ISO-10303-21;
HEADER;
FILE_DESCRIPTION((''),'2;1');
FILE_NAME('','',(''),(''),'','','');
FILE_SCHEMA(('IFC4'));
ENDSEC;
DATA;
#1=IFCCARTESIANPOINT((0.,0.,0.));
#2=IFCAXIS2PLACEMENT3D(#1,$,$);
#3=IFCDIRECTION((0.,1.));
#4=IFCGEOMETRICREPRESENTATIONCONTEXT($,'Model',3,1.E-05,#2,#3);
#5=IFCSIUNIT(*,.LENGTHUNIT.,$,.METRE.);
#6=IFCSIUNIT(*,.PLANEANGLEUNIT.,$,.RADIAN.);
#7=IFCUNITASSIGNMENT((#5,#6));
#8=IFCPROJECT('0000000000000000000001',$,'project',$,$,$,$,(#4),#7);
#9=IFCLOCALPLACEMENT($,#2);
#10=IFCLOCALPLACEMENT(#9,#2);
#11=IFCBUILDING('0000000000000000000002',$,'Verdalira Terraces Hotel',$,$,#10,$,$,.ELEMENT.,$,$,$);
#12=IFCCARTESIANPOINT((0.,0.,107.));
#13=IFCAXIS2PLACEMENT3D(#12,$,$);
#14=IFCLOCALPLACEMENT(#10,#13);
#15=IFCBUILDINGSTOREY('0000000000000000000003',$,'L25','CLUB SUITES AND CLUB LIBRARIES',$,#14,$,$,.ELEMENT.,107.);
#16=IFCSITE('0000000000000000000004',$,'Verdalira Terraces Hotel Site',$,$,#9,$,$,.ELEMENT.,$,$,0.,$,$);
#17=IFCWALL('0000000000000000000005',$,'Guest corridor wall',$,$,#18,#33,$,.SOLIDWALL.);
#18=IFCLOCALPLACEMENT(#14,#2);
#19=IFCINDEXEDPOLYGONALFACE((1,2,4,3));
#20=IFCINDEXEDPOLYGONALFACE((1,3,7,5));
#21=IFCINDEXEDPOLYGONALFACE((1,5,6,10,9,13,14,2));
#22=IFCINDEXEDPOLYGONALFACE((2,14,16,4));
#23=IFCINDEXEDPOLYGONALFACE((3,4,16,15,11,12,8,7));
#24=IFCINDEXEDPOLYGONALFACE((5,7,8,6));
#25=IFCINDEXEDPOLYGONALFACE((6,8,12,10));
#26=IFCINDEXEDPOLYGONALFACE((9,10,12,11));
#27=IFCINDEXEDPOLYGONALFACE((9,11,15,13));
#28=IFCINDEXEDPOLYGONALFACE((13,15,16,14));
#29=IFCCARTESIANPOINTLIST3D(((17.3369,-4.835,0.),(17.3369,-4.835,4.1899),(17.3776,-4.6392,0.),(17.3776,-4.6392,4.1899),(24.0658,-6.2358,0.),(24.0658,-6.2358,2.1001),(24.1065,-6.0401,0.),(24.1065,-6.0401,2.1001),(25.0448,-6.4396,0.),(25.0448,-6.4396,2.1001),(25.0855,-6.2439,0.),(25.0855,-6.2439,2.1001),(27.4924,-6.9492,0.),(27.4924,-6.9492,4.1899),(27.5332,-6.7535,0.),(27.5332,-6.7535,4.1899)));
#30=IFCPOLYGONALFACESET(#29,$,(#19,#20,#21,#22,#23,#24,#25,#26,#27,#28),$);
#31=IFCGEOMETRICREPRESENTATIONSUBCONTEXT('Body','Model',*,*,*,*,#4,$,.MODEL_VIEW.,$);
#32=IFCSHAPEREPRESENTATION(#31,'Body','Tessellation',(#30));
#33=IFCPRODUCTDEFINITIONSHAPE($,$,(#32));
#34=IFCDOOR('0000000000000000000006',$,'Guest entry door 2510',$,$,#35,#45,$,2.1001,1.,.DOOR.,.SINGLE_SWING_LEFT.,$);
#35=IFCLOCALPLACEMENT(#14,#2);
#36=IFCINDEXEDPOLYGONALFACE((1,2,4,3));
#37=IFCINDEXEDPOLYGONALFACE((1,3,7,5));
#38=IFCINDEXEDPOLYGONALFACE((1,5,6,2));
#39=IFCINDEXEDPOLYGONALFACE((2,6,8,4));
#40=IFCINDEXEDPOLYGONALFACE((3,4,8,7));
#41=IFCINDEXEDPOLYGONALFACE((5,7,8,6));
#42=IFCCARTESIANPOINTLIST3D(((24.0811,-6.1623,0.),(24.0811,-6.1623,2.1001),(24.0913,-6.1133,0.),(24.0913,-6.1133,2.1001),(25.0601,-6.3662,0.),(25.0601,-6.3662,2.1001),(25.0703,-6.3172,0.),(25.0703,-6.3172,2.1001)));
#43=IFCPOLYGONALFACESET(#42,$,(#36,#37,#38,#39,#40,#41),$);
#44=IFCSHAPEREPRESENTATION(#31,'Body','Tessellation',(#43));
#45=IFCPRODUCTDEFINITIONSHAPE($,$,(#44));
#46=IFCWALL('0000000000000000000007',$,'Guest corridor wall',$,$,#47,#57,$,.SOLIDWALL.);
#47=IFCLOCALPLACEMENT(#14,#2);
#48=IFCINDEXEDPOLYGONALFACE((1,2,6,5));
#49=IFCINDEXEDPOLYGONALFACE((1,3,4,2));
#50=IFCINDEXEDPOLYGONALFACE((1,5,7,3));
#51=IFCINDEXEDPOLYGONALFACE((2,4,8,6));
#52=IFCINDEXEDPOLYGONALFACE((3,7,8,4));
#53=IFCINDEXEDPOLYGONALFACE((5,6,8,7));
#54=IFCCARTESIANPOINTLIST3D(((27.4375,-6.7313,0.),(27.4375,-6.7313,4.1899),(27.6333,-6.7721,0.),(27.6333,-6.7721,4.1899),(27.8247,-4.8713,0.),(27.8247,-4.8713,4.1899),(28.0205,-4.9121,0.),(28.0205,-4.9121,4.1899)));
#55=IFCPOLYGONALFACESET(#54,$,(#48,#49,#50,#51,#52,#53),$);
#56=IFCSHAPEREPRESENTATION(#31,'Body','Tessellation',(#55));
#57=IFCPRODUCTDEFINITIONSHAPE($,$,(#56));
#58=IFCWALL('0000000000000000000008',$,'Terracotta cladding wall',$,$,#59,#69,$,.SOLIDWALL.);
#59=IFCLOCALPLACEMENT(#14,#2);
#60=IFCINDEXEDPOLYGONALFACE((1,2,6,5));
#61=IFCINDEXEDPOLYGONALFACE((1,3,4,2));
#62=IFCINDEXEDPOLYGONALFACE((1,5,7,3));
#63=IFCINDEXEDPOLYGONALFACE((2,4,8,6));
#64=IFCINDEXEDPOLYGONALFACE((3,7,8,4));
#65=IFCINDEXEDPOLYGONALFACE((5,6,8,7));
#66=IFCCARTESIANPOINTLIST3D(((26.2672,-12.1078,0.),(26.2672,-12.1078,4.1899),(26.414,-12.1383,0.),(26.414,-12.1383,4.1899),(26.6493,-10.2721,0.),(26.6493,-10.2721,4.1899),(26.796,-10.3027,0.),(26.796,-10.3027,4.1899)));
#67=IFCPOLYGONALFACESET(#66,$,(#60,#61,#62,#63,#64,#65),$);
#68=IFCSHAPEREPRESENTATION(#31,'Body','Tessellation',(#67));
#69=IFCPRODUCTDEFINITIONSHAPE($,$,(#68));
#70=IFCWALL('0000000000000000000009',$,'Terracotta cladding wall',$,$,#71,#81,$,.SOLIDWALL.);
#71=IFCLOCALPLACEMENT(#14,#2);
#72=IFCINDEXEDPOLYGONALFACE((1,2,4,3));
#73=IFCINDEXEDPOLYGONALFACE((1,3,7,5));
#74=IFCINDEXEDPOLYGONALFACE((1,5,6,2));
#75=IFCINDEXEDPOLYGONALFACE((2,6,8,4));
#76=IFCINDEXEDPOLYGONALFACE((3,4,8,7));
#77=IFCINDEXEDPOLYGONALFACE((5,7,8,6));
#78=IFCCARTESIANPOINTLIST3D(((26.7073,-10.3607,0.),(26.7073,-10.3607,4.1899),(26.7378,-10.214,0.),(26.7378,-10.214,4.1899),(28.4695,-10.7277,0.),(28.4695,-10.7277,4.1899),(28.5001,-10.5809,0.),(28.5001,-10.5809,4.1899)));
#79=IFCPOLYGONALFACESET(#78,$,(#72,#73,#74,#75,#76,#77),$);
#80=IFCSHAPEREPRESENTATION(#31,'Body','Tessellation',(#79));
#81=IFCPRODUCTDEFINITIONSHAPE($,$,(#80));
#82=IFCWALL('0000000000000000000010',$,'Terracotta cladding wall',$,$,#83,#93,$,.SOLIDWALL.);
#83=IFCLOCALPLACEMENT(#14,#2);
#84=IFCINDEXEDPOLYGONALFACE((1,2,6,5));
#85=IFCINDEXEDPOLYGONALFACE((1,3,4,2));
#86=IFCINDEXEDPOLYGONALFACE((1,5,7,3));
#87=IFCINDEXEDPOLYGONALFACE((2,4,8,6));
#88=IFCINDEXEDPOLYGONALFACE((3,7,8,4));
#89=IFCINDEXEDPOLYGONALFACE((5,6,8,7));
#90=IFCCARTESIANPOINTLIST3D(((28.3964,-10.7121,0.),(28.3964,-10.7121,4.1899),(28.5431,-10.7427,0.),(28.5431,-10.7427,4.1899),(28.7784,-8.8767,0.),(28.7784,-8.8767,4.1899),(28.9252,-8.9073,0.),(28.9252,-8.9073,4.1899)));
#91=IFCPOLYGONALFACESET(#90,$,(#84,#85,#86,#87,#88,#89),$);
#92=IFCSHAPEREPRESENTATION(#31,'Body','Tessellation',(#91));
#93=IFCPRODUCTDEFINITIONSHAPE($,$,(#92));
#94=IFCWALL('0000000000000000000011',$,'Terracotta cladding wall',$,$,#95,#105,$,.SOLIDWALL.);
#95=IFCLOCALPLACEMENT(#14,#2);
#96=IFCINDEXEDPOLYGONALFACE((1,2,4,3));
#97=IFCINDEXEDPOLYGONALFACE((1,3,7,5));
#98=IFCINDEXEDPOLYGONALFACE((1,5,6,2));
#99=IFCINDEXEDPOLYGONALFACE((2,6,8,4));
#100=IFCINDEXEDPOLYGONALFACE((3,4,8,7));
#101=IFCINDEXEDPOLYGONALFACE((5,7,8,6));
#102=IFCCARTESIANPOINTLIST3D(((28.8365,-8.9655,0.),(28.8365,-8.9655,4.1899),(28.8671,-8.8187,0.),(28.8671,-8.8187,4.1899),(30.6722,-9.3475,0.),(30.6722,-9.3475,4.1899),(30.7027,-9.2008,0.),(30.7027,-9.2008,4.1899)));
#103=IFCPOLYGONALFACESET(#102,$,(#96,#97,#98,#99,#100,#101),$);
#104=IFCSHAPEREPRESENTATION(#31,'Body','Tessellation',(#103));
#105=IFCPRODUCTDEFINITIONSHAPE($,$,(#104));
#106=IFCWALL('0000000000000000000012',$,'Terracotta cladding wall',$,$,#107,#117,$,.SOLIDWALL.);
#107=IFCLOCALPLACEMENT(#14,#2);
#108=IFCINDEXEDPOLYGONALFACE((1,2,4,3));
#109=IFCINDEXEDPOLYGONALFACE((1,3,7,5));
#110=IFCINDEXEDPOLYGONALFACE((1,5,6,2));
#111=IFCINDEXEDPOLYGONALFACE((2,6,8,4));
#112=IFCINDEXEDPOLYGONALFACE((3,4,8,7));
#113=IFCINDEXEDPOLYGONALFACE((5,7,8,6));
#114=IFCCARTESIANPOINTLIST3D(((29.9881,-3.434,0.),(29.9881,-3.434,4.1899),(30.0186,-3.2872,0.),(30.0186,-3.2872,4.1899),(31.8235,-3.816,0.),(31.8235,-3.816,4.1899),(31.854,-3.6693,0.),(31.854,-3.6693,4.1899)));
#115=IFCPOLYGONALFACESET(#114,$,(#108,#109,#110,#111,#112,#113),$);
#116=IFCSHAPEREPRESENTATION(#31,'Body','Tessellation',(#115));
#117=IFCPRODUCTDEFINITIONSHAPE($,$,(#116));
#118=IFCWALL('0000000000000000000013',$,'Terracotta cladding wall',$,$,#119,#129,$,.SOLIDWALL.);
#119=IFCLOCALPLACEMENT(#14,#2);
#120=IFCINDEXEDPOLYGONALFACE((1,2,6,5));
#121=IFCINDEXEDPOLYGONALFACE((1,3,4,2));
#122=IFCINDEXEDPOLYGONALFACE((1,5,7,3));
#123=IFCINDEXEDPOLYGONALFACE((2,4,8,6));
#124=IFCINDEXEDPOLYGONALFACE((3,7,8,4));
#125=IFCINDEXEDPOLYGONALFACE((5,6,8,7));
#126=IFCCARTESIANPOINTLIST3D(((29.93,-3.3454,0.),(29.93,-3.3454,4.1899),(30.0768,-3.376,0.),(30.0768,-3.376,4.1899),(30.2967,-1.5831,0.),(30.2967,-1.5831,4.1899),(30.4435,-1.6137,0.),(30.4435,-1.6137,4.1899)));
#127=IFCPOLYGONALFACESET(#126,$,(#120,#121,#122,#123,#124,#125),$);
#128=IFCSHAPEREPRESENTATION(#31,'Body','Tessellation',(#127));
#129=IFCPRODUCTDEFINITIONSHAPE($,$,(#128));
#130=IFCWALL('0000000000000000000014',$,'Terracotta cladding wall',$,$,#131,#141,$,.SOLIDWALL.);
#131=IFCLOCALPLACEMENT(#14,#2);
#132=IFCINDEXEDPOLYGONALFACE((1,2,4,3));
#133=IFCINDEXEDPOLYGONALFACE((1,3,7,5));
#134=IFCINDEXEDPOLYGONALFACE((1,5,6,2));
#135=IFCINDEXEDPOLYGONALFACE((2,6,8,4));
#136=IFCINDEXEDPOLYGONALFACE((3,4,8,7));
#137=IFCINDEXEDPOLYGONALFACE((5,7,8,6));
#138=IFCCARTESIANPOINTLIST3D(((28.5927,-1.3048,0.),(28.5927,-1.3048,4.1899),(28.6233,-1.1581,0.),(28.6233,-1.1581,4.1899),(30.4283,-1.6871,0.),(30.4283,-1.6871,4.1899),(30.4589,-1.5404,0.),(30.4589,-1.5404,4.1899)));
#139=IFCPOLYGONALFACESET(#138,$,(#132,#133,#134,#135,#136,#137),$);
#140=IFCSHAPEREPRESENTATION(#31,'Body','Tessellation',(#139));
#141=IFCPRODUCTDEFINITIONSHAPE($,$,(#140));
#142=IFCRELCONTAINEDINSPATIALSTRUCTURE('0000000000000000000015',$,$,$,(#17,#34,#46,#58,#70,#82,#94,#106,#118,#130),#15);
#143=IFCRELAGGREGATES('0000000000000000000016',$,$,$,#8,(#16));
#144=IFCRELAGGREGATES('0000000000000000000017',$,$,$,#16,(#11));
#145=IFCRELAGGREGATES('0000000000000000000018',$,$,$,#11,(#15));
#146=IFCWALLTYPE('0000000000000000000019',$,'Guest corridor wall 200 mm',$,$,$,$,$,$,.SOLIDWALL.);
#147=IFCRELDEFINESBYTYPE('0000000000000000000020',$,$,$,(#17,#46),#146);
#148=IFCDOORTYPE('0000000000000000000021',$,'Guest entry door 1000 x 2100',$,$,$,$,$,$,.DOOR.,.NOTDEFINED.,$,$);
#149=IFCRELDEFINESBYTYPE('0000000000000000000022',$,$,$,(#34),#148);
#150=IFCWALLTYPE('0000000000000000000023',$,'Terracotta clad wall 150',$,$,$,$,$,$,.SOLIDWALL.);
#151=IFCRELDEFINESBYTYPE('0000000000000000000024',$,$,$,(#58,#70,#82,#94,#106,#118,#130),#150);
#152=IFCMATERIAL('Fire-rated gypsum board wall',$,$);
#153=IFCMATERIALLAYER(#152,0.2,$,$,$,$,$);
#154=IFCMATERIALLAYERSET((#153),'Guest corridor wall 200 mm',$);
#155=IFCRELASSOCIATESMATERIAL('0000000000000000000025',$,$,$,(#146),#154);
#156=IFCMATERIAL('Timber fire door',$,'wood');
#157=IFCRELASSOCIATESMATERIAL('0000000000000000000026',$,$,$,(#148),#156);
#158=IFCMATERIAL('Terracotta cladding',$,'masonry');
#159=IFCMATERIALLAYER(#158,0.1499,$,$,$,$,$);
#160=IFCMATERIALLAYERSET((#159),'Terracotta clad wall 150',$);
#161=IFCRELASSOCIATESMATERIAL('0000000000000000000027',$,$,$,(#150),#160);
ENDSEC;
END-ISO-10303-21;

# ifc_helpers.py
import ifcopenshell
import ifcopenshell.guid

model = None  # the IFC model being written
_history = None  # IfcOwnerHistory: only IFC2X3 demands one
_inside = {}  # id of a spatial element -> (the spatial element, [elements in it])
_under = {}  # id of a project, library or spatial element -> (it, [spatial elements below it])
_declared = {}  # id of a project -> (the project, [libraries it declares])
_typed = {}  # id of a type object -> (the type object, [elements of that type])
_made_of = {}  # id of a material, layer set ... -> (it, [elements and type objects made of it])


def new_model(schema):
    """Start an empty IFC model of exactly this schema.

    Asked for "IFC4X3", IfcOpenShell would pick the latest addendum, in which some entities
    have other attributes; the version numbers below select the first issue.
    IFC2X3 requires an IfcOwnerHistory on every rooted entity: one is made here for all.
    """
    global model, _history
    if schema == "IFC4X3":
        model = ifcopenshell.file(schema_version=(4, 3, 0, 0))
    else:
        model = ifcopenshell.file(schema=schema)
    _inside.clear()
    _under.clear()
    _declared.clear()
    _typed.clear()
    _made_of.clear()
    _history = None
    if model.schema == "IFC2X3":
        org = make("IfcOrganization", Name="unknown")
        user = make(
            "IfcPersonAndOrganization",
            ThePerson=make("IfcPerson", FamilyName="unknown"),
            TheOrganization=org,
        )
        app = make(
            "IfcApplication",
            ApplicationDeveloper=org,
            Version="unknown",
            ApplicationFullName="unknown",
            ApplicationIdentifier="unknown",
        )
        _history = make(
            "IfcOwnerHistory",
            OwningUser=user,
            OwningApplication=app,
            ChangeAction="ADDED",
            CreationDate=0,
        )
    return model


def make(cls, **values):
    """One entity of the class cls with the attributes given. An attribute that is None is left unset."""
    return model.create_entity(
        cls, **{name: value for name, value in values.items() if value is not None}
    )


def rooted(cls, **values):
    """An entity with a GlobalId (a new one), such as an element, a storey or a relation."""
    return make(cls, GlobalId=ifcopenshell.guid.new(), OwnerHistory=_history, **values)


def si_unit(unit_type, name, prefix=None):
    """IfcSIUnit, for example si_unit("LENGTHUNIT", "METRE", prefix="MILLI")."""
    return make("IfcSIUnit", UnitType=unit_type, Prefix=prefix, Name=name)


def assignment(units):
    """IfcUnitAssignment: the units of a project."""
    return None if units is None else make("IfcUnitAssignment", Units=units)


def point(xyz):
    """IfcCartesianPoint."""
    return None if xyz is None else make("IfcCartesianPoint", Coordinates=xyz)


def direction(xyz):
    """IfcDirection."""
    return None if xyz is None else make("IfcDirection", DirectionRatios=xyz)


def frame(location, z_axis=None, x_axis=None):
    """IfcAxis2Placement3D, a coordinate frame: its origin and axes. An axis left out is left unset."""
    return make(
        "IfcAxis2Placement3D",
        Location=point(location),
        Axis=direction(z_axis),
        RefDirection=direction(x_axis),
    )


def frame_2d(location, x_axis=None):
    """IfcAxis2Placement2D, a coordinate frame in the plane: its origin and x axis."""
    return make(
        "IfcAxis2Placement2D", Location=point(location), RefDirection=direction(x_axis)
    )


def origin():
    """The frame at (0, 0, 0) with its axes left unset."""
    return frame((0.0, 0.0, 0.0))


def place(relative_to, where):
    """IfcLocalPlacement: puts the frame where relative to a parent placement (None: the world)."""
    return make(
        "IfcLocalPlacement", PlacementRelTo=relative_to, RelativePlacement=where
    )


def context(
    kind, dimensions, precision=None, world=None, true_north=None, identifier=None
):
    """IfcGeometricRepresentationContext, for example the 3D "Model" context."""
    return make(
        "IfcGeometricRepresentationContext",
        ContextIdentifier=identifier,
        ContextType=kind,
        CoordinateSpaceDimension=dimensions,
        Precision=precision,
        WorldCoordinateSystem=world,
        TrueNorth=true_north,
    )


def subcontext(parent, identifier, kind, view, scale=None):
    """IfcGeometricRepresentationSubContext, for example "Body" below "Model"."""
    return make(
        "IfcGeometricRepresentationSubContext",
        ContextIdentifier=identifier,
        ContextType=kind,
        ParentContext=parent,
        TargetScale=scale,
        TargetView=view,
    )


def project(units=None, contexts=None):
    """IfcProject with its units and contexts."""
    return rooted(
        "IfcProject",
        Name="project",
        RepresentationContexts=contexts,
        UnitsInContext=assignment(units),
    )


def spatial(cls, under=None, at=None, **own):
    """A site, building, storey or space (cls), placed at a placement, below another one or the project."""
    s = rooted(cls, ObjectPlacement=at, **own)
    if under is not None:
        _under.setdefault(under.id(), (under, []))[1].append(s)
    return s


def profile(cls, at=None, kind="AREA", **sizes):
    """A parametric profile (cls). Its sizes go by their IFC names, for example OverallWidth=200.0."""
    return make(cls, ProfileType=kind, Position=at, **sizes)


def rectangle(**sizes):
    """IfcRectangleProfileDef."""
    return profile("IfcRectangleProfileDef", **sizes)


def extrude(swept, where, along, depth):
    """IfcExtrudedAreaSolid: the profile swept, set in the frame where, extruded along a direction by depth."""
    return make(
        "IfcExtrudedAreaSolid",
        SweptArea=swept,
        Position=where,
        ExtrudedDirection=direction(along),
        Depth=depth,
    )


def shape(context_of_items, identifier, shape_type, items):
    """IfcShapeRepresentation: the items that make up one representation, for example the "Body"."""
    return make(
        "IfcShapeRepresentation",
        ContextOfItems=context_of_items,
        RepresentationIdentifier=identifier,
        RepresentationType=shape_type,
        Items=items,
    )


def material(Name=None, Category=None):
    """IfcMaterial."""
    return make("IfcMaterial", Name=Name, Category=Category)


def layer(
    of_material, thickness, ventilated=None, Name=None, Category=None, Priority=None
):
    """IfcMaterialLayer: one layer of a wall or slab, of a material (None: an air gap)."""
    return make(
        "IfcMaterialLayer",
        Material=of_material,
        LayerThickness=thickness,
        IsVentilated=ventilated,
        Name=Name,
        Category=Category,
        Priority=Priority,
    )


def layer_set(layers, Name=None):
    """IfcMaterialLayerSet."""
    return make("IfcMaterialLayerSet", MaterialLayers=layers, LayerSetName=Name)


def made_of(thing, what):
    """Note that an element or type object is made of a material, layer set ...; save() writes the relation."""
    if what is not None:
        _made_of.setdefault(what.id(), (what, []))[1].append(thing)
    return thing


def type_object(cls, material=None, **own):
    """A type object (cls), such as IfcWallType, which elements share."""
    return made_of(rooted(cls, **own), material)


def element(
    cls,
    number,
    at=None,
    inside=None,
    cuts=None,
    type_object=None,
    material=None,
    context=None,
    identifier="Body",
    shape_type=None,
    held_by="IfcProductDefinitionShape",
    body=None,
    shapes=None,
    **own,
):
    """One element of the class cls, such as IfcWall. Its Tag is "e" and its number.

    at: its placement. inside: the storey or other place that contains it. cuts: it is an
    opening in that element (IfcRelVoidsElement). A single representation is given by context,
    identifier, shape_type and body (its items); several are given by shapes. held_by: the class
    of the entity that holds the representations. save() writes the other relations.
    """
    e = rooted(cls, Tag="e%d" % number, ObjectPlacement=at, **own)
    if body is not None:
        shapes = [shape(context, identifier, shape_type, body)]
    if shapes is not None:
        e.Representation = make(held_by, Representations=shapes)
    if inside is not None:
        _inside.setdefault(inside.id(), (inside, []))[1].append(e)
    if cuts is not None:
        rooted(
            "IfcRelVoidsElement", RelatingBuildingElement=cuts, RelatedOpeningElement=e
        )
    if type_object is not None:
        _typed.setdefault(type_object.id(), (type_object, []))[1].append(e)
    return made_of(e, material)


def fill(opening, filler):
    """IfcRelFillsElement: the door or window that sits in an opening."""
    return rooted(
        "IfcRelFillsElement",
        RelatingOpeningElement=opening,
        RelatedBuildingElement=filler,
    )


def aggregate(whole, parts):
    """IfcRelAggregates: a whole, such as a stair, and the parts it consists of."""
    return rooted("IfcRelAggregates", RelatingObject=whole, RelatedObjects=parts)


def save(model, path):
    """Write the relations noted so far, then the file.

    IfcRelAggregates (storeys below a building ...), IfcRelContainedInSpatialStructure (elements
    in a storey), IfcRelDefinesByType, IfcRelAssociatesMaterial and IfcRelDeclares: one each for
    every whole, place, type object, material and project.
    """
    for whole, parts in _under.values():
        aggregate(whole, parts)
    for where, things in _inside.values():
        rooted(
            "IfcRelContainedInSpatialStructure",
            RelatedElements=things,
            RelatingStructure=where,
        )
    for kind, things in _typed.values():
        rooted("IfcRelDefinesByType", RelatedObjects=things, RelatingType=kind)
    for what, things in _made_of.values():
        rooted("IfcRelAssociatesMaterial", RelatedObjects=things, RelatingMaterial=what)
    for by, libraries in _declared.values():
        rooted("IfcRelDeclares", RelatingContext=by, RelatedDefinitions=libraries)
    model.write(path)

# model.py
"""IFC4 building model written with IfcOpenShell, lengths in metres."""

from ifc_helpers import new_model, si_unit, direction, frame, frame_2d, origin, place, context, subcontext, project, spatial, rectangle, extrude, material, layer, layer_set, type_object, element, fill, save


model = new_model("IFC4")

# Units and contexts
model_context = context("Model", 3, precision=1e-05, world=origin(), true_north=direction((0.0, 1.0)))
body_context = subcontext(model_context, "Body", "Model", "MODEL_VIEW")
ifc_project = project(units=[si_unit("LENGTHUNIT", "METRE"), si_unit("PLANEANGLEUNIT", "RADIAN")], contexts=[model_context])

# Site, building, storey
site_placement = place(None, origin())
site = spatial("IfcSite", under=ifc_project, at=site_placement, Name="Verdalira Terraces Hotel Site", CompositionType="ELEMENT", RefElevation=0.0)
building_placement = place(site_placement, origin())
building = spatial("IfcBuilding", under=site, at=building_placement, Name="Verdalira Terraces Hotel", CompositionType="ELEMENT")
storey_placement = place(building_placement, frame((0.0, 0.0, 107.0)))
storey = spatial("IfcBuildingStorey", under=building, at=storey_placement, Name="L25", Description="CLUB SUITES AND CLUB LIBRARIES", CompositionType="ELEMENT", Elevation=107.0)

# Wall, opening, door
ifc_material_1 = material(Name="Fire-rated gypsum board wall")
ifc_layer_1 = layer(ifc_material_1, 0.2)
ifc_layer_set_1 = layer_set([ifc_layer_1], Name="Guest corridor wall 200 mm")
wall_type_1 = type_object("IfcWallType", Name="Guest corridor wall 200 mm", PredefinedType="SOLIDWALL", material=ifc_layer_set_1)
wall_1_placement = place(storey_placement, frame((27.5127, -6.8513, 0.0), z_axis=(0.0, 0.0, 1.0), x_axis=(-0.979009, 0.203818, 0.0)))
wall_1 = element("IfcWall", 1, at=wall_1_placement, inside=storey, type_object=wall_type_1, Name="Guest corridor wall", PredefinedType="SOLIDWALL", context=body_context, shape_type="SweptSolid", body=[
    extrude(rectangle(XDim=10.3733, YDim=0.2, at=frame_2d((5.1865, 0.0))), origin(), (0.0, 0.0, 1.0), 4.1899),
])
opening_placement = place(wall_1_placement, frame((2.5, 0.0, 0.0)))
opening = element("IfcOpeningElement", 2, at=opening_placement, cuts=wall_1, PredefinedType="OPENING", context=body_context, shape_type="SweptSolid", body=[
    extrude(rectangle(XDim=1.0, YDim=2.1001, at=frame_2d((0.5, 1.05))), frame((0.0, 0.1099, 0.0), z_axis=(0.0, -1.0, 0.0), x_axis=(1.0, 0.0, 0.0)), (0.0, 0.0, 1.0), 0.22),
])
ifc_material_2 = material(Name="Timber fire door", Category="wood")
door_type = type_object("IfcDoorType", Name="Guest entry door 1000 x 2100", OperationType="NOTDEFINED", PredefinedType="DOOR", material=ifc_material_2)
door_placement = place(opening_placement, origin())
door = element("IfcDoor", 3, at=door_placement, inside=storey, type_object=door_type, Name="Guest entry door 2510", OperationType="SINGLE_SWING_LEFT", OverallHeight=2.1001, OverallWidth=1.0, PredefinedType="DOOR", context=body_context, shape_type="SweptSolid", body=[
    extrude(rectangle(XDim=1.0, YDim=2.1001, at=frame_2d((0.5, 1.05))), frame((0.0, 0.0249, 0.0), z_axis=(0.0, -1.0, 0.0), x_axis=(1.0, 0.0, 0.0)), (0.0, 0.0, 1.0), 0.05),
])
fill(opening, door)

# Walls
wall_2_placement = place(storey_placement, frame((27.5354, -6.7517, 0.0), z_axis=(0.0, 0.0, 1.0), x_axis=(0.203795, 0.979014, 0.0)))
element("IfcWall", 4, at=wall_2_placement, inside=storey, type_object=wall_type_1, Name="Guest corridor wall", PredefinedType="SOLIDWALL", context=body_context, shape_type="SweptSolid", body=[
    extrude(rectangle(XDim=1.8999, YDim=0.2, at=frame_2d((0.95, 0.0))), origin(), (0.0, 0.0, 1.0), 4.1899),
])
ifc_material_3 = material(Name="Terracotta cladding", Category="masonry")
ifc_layer_2 = layer(ifc_material_3, 0.1499)
ifc_layer_set_2 = layer_set([ifc_layer_2], Name="Terracotta clad wall 150")
wall_type_2 = type_object("IfcWallType", Name="Terracotta clad wall 150", PredefinedType="SOLIDWALL", material=ifc_layer_set_2)
wall_3_placement = place(storey_placement, frame((26.3406, -12.123, 0.0), z_axis=(0.0, 0.0, 1.0), x_axis=(0.203772, 0.979018, 0.0)))
element("IfcWall", 5, at=wall_3_placement, inside=storey, type_object=wall_type_2, Name="Terracotta cladding wall", PredefinedType="SOLIDWALL", context=body_context, shape_type="SweptSolid", body=[
    extrude(rectangle(XDim=1.875, YDim=0.1499, at=frame_2d((0.9375, 0.0))), origin(), (0.0, 0.0, 1.0), 4.1899),
])
wall_4_placement = place(storey_placement, frame((26.7227, -10.2874, 0.0), z_axis=(0.0, 0.0, 1.0), x_axis=(0.979001, -0.203857, 0.0)))
element("IfcWall", 6, at=wall_4_placement, inside=storey, type_object=wall_type_2, Name="Terracotta cladding wall", PredefinedType="SOLIDWALL", context=body_context, shape_type="SweptSolid", body=[
    extrude(rectangle(XDim=1.8, YDim=0.1499, at=frame_2d((0.8999, 0.0))), origin(), (0.0, 0.0, 1.0), 4.1899),
])
wall_5_placement = place(storey_placement, frame((28.4697, -10.7275, 0.0), z_axis=(0.0, 0.0, 1.0), x_axis=(0.203798, 0.979013, 0.0)))
element("IfcWall", 7, at=wall_5_placement, inside=storey, type_object=wall_type_2, Name="Terracotta cladding wall", PredefinedType="SOLIDWALL", context=body_context, shape_type="SweptSolid", body=[
    extrude(rectangle(XDim=1.8748, YDim=0.1499, at=frame_2d((0.9375, 0.0))), origin(), (0.0, 0.0, 1.0), 4.1899),
])
wall_6_placement = place(storey_placement, frame((28.8518, -8.8921, 0.0), z_axis=(0.0, 0.0, 1.0), x_axis=(0.979018, -0.203772, 0.0)))
element("IfcWall", 8, at=wall_6_placement, inside=storey, type_object=wall_type_2, Name="Terracotta cladding wall", PredefinedType="SOLIDWALL", context=body_context, shape_type="SweptSolid", body=[
    extrude(rectangle(XDim=1.875, YDim=0.1499, at=frame_2d((0.9375, 0.0))), origin(), (0.0, 0.0, 1.0), 4.1899),
])
wall_7_placement = place(storey_placement, frame((31.8389, -3.7427, 0.0), z_axis=(0.0, 0.0, 1.0), x_axis=(-0.979013, 0.203798, 0.0)))
element("IfcWall", 9, at=wall_7_placement, inside=storey, type_object=wall_type_2, Name="Terracotta cladding wall", PredefinedType="SOLIDWALL", context=body_context, shape_type="SweptSolid", body=[
    extrude(rectangle(XDim=1.8748, YDim=0.1499, at=frame_2d((0.9375, 0.0))), origin(), (0.0, 0.0, 1.0), 4.1899),
])
wall_8_placement = place(storey_placement, frame((30.0034, -3.3606, 0.0), z_axis=(0.0, 0.0, 1.0), x_axis=(0.203727, 0.979028, 0.0)))
element("IfcWall", 10, at=wall_8_placement, inside=storey, type_object=wall_type_2, Name="Terracotta cladding wall", PredefinedType="SOLIDWALL", context=body_context, shape_type="SweptSolid", body=[
    extrude(rectangle(XDim=1.8, YDim=0.1499, at=frame_2d((0.8999, 0.0))), origin(), (0.0, 0.0, 1.0), 4.1899),
])
wall_9_placement = place(storey_placement, frame((30.4436, -1.6138, 0.0), z_axis=(0.0, 0.0, 1.0), x_axis=(-0.978992, 0.203897, 0.0)))
element("IfcWall", 11, at=wall_9_placement, inside=storey, type_object=wall_type_2, Name="Terracotta cladding wall", PredefinedType="SOLIDWALL", context=body_context, shape_type="SweptSolid", body=[
    extrude(rectangle(XDim=1.875, YDim=0.1499, at=frame_2d((0.9375, 0.0))), origin(), (0.0, 0.0, 1.0), 4.1899),
])

save(model, "model.ifc")
